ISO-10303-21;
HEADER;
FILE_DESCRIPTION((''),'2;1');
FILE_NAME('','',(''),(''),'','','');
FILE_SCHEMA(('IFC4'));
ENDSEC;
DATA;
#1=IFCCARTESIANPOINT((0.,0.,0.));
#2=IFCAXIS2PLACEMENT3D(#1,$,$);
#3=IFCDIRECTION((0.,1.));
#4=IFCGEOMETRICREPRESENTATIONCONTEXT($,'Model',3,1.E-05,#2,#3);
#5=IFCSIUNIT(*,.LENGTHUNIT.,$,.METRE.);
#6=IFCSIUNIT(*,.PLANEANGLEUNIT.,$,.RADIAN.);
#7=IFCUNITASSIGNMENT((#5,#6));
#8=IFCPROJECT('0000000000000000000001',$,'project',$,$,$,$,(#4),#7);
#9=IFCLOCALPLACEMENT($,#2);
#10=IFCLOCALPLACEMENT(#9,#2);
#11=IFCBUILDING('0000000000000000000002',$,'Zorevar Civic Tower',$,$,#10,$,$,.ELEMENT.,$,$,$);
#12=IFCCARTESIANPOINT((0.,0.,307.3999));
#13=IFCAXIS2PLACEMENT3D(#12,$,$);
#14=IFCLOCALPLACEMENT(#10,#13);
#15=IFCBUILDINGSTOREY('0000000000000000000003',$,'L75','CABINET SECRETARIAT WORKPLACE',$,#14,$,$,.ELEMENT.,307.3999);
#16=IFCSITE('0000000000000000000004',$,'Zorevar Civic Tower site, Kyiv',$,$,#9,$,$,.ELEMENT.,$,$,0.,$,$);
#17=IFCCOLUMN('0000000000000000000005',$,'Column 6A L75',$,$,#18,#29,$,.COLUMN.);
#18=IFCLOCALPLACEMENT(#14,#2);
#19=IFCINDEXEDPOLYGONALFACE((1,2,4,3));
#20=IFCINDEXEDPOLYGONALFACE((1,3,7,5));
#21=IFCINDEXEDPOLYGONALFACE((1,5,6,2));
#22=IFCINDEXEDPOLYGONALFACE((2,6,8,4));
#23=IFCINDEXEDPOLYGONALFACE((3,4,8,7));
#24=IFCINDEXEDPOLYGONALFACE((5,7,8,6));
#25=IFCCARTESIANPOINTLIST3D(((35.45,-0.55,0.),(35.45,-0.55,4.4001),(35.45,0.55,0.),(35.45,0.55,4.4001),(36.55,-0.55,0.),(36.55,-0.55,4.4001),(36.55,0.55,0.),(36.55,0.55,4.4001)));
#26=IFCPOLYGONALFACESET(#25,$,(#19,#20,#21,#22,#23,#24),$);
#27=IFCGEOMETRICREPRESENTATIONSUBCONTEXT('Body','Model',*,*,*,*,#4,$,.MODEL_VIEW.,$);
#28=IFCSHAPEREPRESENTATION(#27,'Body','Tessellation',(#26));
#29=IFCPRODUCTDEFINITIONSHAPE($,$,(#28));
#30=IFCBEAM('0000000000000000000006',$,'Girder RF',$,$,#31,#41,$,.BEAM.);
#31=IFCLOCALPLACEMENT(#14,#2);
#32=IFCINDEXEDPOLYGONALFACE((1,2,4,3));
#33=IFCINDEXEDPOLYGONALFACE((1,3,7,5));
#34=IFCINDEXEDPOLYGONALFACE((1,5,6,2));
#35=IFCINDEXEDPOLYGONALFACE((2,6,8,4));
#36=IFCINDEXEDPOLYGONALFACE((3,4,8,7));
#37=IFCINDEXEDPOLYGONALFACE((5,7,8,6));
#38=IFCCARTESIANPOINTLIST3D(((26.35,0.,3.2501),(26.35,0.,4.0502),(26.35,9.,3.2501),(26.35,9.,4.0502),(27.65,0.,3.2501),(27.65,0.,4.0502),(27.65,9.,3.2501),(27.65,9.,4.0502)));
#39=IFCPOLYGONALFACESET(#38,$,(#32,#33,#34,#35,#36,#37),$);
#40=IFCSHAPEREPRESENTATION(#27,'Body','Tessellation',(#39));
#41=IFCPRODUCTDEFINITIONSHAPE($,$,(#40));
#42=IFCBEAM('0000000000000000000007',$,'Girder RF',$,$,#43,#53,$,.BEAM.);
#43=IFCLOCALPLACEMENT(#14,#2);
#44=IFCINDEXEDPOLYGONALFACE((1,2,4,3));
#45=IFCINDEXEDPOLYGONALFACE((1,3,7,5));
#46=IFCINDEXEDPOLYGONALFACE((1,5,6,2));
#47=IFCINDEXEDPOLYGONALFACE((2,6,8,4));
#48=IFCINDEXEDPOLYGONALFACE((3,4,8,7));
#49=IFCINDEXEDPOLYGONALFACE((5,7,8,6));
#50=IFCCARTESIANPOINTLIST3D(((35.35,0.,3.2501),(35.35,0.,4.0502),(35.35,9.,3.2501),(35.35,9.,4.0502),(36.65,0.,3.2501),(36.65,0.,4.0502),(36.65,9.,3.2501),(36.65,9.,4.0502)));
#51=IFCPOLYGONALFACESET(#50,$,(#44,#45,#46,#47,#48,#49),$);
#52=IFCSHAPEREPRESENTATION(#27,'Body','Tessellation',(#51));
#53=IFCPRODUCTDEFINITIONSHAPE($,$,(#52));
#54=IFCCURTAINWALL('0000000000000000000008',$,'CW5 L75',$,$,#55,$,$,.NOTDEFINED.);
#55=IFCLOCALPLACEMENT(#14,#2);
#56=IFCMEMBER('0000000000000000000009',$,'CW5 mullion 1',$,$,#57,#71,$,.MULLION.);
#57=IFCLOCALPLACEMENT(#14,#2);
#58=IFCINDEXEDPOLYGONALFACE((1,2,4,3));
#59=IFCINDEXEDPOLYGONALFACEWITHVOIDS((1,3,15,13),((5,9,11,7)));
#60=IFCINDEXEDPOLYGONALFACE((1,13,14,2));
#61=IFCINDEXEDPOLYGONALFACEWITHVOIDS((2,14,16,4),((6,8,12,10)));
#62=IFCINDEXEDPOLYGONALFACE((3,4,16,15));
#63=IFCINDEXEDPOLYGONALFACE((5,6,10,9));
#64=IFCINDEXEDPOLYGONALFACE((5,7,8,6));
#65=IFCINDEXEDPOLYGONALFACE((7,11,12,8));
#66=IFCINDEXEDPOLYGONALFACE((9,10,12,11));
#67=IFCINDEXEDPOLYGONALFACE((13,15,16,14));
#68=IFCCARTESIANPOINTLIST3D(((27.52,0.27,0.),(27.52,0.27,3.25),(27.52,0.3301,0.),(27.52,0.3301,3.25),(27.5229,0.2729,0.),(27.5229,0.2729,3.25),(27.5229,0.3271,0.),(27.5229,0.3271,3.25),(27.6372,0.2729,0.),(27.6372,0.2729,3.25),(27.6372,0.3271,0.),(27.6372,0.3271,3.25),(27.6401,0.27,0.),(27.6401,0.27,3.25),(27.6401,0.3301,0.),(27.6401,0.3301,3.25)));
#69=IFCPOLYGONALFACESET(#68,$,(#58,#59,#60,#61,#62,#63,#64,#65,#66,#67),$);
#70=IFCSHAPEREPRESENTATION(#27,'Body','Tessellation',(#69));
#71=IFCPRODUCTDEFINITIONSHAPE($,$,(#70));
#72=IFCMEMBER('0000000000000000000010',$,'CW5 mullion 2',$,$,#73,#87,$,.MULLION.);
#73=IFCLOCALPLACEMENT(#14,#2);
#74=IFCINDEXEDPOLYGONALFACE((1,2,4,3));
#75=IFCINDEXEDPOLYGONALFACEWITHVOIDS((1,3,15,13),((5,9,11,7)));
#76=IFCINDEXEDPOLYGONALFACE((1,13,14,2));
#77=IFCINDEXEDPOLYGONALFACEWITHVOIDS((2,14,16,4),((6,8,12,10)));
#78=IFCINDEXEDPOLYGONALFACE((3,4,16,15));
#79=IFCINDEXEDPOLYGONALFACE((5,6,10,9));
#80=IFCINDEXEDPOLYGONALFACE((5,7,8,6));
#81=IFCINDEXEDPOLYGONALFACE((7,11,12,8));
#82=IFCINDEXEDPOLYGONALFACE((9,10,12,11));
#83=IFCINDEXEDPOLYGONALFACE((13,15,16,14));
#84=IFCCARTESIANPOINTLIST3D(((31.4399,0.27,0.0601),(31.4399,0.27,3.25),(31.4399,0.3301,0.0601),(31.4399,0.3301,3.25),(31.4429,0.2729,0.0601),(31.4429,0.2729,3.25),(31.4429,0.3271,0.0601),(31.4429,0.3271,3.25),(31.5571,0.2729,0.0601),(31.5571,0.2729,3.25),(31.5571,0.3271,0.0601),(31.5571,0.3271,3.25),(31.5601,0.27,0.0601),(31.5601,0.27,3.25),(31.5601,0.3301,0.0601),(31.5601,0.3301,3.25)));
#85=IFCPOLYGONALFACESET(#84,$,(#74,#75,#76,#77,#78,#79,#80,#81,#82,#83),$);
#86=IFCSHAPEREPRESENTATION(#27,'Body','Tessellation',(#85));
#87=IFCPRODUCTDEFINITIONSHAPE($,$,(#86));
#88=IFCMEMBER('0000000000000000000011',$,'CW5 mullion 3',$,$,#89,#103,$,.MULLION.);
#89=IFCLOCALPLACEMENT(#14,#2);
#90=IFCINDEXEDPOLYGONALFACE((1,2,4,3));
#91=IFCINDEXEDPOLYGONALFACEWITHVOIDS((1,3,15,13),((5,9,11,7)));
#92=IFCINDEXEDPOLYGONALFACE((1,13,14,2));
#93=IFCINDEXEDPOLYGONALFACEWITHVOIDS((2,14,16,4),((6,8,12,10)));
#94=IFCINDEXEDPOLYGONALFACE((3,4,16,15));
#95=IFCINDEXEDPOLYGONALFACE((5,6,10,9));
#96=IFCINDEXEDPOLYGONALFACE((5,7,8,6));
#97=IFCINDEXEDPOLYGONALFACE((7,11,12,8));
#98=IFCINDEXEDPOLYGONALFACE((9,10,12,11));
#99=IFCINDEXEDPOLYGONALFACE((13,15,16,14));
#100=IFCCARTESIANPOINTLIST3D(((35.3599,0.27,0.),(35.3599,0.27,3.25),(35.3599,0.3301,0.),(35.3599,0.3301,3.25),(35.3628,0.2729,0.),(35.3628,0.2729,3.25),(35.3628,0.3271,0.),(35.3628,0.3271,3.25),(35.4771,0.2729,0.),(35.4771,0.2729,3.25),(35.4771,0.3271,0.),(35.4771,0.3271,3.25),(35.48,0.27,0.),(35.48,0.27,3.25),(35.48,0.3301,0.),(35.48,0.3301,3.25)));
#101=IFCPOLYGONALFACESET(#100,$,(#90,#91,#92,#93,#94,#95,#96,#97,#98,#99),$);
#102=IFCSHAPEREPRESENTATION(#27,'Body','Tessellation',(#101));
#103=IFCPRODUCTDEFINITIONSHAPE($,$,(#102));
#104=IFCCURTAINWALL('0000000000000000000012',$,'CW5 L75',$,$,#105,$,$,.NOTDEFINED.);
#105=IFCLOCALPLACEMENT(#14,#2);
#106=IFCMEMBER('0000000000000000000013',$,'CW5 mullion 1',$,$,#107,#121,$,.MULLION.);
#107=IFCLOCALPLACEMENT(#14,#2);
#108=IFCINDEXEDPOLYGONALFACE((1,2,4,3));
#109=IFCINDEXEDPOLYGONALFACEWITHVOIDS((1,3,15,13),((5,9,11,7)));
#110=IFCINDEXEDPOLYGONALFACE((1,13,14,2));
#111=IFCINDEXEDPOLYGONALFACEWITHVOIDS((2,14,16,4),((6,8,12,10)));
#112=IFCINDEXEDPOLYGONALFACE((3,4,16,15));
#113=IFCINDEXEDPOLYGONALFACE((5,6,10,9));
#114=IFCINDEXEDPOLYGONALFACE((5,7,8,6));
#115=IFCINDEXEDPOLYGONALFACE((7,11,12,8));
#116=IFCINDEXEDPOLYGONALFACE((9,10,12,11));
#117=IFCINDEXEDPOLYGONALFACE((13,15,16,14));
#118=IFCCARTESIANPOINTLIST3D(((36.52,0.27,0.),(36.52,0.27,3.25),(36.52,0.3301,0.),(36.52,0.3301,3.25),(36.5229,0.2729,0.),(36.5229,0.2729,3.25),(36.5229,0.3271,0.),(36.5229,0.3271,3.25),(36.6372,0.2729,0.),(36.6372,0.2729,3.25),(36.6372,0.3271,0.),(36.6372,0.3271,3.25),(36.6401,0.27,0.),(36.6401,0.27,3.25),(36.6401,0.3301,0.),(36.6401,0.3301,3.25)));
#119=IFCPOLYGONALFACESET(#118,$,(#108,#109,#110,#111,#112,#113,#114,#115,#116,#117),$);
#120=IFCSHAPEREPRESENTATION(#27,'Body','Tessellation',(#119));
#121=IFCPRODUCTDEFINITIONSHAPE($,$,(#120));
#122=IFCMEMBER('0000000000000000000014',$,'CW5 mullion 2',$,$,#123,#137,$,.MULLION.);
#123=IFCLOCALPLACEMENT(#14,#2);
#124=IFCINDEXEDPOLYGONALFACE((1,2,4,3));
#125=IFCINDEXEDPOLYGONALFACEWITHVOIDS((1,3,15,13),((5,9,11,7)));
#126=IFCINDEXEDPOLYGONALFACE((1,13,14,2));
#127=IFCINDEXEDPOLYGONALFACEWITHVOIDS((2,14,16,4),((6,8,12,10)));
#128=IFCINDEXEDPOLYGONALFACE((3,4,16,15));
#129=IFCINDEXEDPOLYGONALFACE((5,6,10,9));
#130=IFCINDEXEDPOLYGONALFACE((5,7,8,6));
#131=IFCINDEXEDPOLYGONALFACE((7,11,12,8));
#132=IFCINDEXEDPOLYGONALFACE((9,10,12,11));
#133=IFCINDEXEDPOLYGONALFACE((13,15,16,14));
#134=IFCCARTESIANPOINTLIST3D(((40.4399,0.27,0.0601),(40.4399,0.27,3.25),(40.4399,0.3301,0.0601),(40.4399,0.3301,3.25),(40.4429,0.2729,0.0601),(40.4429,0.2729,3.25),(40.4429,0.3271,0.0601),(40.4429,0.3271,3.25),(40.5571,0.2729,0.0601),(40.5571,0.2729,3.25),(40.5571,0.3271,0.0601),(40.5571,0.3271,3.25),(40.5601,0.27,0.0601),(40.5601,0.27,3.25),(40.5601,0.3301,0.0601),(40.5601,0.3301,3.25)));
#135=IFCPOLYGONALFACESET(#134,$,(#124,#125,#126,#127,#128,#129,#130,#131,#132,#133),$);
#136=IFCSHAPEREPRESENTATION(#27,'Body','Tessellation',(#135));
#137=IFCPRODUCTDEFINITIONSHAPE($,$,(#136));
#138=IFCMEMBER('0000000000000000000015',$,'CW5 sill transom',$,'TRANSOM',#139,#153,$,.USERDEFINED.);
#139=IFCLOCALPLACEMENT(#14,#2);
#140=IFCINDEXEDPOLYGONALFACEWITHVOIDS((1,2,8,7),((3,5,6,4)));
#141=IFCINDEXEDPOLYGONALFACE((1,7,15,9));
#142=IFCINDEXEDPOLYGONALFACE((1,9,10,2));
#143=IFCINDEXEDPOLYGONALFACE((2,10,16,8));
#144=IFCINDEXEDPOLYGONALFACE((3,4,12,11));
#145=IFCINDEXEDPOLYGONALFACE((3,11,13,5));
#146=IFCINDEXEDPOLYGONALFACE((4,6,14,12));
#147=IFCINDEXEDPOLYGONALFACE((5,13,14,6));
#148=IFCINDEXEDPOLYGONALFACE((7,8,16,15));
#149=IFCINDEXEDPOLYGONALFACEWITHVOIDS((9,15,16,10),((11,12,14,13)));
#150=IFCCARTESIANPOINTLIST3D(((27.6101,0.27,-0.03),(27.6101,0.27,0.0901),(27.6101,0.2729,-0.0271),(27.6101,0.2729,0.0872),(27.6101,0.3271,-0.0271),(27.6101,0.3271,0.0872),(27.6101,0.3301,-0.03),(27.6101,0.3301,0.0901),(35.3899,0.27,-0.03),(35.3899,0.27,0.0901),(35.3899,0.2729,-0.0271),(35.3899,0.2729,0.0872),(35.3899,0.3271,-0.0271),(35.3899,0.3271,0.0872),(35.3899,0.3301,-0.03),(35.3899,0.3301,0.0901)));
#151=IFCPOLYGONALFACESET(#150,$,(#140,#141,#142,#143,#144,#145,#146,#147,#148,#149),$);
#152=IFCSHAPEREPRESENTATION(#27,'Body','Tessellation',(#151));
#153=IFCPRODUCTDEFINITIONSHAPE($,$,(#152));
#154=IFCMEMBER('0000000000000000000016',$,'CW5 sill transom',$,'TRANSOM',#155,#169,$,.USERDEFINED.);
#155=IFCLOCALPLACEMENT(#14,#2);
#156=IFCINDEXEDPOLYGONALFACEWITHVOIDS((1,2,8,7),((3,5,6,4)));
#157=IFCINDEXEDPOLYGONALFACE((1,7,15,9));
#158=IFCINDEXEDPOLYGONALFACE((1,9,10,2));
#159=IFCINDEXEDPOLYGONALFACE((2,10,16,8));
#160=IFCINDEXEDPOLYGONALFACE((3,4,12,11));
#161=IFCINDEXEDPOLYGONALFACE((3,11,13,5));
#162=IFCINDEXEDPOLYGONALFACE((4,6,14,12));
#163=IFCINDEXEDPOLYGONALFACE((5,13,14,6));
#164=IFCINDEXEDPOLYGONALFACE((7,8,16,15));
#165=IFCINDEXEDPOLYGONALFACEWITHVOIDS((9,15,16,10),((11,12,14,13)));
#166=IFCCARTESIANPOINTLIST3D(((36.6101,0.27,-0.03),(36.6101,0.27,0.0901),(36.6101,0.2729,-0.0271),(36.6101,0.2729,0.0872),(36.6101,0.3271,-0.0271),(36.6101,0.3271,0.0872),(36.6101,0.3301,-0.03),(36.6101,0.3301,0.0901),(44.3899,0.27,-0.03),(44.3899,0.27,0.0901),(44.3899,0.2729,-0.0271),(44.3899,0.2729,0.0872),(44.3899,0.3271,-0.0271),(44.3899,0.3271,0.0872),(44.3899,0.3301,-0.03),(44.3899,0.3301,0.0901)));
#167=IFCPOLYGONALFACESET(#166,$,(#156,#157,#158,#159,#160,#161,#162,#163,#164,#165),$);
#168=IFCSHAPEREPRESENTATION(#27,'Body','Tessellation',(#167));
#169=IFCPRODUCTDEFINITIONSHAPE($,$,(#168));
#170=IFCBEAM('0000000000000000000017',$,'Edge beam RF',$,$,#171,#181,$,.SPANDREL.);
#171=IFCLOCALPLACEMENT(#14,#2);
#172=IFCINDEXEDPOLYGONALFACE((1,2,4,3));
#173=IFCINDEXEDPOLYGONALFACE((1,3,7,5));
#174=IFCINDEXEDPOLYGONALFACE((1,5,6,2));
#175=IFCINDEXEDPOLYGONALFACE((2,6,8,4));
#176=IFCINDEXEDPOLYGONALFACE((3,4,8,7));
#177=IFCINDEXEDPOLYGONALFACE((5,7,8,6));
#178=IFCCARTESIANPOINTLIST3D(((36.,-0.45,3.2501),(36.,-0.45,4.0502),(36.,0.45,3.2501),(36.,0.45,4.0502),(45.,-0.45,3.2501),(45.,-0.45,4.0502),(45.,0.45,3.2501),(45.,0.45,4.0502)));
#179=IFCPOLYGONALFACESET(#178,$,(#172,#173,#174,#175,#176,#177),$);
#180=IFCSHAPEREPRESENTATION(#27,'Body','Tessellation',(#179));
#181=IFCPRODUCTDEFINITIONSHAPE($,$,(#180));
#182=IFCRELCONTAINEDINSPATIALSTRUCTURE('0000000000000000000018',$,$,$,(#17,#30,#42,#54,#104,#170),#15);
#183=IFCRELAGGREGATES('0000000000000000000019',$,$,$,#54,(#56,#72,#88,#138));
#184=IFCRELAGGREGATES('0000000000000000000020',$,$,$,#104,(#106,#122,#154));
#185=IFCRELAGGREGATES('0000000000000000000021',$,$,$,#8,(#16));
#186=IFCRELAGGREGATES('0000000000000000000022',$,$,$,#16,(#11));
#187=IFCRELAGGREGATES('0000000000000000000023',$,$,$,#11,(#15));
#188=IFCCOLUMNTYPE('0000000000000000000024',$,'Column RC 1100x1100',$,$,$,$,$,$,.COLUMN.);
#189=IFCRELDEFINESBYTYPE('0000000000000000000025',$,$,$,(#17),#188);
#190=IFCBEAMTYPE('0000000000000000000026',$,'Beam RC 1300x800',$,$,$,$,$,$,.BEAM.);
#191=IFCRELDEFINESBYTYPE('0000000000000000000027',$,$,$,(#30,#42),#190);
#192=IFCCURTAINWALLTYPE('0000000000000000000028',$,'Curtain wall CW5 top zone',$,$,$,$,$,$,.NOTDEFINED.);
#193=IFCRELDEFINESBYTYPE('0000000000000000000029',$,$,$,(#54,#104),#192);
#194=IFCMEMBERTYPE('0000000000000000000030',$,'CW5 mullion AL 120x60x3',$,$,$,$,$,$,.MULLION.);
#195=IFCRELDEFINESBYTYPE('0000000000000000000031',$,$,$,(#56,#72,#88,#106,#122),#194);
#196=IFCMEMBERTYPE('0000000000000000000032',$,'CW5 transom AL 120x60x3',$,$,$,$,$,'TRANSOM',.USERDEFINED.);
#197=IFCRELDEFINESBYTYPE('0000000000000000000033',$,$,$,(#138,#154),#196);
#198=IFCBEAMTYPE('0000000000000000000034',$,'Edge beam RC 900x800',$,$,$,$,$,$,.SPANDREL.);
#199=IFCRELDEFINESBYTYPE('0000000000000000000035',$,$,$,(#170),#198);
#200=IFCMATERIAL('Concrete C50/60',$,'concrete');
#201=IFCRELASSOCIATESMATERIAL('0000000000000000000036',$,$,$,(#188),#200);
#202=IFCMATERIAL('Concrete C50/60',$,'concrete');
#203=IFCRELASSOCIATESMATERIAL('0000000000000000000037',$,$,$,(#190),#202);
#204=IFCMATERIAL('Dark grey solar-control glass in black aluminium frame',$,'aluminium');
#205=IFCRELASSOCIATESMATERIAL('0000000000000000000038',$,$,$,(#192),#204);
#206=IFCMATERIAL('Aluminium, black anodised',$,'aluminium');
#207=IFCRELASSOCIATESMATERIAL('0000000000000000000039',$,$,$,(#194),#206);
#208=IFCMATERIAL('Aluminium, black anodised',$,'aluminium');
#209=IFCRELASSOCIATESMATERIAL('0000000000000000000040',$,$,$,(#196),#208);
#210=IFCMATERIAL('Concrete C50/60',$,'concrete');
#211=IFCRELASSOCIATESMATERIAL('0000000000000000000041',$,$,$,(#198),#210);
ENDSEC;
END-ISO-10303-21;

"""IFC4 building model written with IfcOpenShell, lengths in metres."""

from ifc_helpers import new_model, si_unit, direction, frame, origin, origin_2d, place, context, subcontext, project, spatial, rectangle, hollow_rectangle, extrude, material, material_profile, profile_set, type_object, element, aggregate, save


model = new_model("IFC4")

# Units and contexts
model_context = context("Model", 3, precision=1e-05, world=origin(), true_north=direction((0.0, 1.0)))
body_context = subcontext(model_context, "Body", "Model", "MODEL_VIEW")
ifc_project = project(units=[si_unit("LENGTHUNIT", "METRE"), si_unit("PLANEANGLEUNIT", "RADIAN")], contexts=[model_context])

# Site, building, storey
site_placement = place(None, origin())
site = spatial("IfcSite", under=ifc_project, at=site_placement, Name="Zorevar Civic Tower site, Kyiv", CompositionType="ELEMENT", RefElevation=0.0)
building_placement = place(site_placement, origin())
building = spatial("IfcBuilding", under=site, at=building_placement, Name="Zorevar Civic Tower", CompositionType="ELEMENT")
storey_placement = place(building_placement, frame((0.0, 0.0, 307.3999)))
storey = spatial("IfcBuildingStorey", under=building, at=storey_placement, Name="L75", Description="CABINET SECRETARIAT WORKPLACE", CompositionType="ELEMENT", Elevation=307.3999)

# Column
ifc_material_1 = material(Name="Concrete C50/60", Category="concrete")
ifc_material_profile_1 = material_profile(ifc_material_1, rectangle(XDim=1.1001, YDim=1.1001, at=origin_2d()), Name="RC 1100x1100")
ifc_profile_set_1 = profile_set([ifc_material_profile_1], Name="Concrete C50/60")
column_type = type_object("IfcColumnType", Name="Column RC 1100x1100", PredefinedType="COLUMN", material=ifc_profile_set_1)
column_placement = place(storey_placement, frame((36.0, 0.0, 0.0), z_axis=(0.0, 0.0, 1.0), x_axis=(1.0, 0.0, 0.0)))
element("IfcColumn", 1, at=column_placement, inside=storey, type_object=column_type, Name="Column 6A L75", PredefinedType="COLUMN", context=body_context, shape_type="SweptSolid", body=[
    extrude(rectangle(XDim=1.1001, YDim=1.1001, at=origin_2d()), origin(), (0.0, 0.0, 1.0), 4.4001),
])

# Beams
ifc_material_2 = material(Name="Concrete C50/60", Category="concrete")
ifc_material_profile_2 = material_profile(ifc_material_2, rectangle(XDim=1.3, YDim=0.8, at=origin_2d()), Name="RC 1300x800")
ifc_profile_set_2 = profile_set([ifc_material_profile_2], Name="Concrete C50/60")
beam_type_1 = type_object("IfcBeamType", Name="Beam RC 1300x800", PredefinedType="BEAM", material=ifc_profile_set_2)
for number, where, z_axis, x_axis, name in (
    (2, (27.0, 0.0, 3.6501), (0.0, 1.0, 0.0), (-1.0, 0.0, 0.0), "Girder RF"),
    (3, (36.0, 0.0, 3.6501), (0.0, 1.0, 0.0), (-1.0, 0.0, 0.0), "Girder RF"),
):
    element("IfcBeam", number, at=place(storey_placement, frame(where, z_axis=z_axis, x_axis=x_axis)), inside=storey, type_object=beam_type_1, Name=name, PredefinedType="BEAM", context=body_context, shape_type="SweptSolid", body=[
        extrude(rectangle(XDim=1.3, YDim=0.8, at=origin_2d()), origin(), (0.0, 0.0, 1.0), 9.0),
    ])

# Curtain walls, members
ifc_material_3 = material(Name="Dark grey solar-control glass in black aluminium frame", Category="aluminium")
curtain_wall_type = type_object("IfcCurtainWallType", Name="Curtain wall CW5 top zone", PredefinedType="NOTDEFINED", material=ifc_material_3)
curtain_wall_1_placement = place(storey_placement, origin())
curtain_wall_1 = element("IfcCurtainWall", 4, at=curtain_wall_1_placement, inside=storey, type_object=curtain_wall_type, Name="CW5 L75", PredefinedType="NOTDEFINED")
ifc_material_4 = material(Name="Aluminium, black anodised", Category="aluminium")
ifc_material_profile_3 = material_profile(ifc_material_4, hollow_rectangle(XDim=0.0601, YDim=0.1201, WallThickness=0.0029, at=origin_2d()), Name="AL 120x60x3")
ifc_profile_set_3 = profile_set([ifc_material_profile_3], Name="Aluminium, black anodised")
member_type_1 = type_object("IfcMemberType", Name="CW5 mullion AL 120x60x3", PredefinedType="MULLION", material=ifc_profile_set_3)
member_1_placement = place(storey_placement, frame((27.5801, 0.3, 0.0), z_axis=(0.0, 0.0, 1.0), x_axis=(0.0, 1.0, 0.0)))
member_1 = element("IfcMember", 5, at=member_1_placement, type_object=member_type_1, Name="CW5 mullion 1", PredefinedType="MULLION", context=body_context, shape_type="SweptSolid", body=[
    extrude(hollow_rectangle(XDim=0.0601, YDim=0.1201, WallThickness=0.0029, at=origin_2d()), origin(), (0.0, 0.0, 1.0), 3.25),
])
member_2_placement = place(storey_placement, frame((31.5, 0.3, 0.0601), z_axis=(0.0, 0.0, 1.0), x_axis=(0.0, 1.0, 0.0)))
member_2 = element("IfcMember", 6, at=member_2_placement, type_object=member_type_1, Name="CW5 mullion 2", PredefinedType="MULLION", context=body_context, shape_type="SweptSolid", body=[
    extrude(hollow_rectangle(XDim=0.0601, YDim=0.1201, WallThickness=0.0029, at=origin_2d()), origin(), (0.0, 0.0, 1.0), 3.1899),
])
member_3_placement = place(storey_placement, frame((35.4199, 0.3, 0.0), z_axis=(0.0, 0.0, 1.0), x_axis=(0.0, 1.0, 0.0)))
member_3 = element("IfcMember", 7, at=member_3_placement, type_object=member_type_1, Name="CW5 mullion 3", PredefinedType="MULLION", context=body_context, shape_type="SweptSolid", body=[
    extrude(hollow_rectangle(XDim=0.0601, YDim=0.1201, WallThickness=0.0029, at=origin_2d()), origin(), (0.0, 0.0, 1.0), 3.25),
])
curtain_wall_2_placement = place(storey_placement, origin())
curtain_wall_2 = element("IfcCurtainWall", 8, at=curtain_wall_2_placement, inside=storey, type_object=curtain_wall_type, Name="CW5 L75", PredefinedType="NOTDEFINED")
member_4_placement = place(storey_placement, frame((36.5801, 0.3, 0.0), z_axis=(0.0, 0.0, 1.0), x_axis=(0.0, 1.0, 0.0)))
member_4 = element("IfcMember", 9, at=member_4_placement, type_object=member_type_1, Name="CW5 mullion 1", PredefinedType="MULLION", context=body_context, shape_type="SweptSolid", body=[
    extrude(hollow_rectangle(XDim=0.0601, YDim=0.1201, WallThickness=0.0029, at=origin_2d()), origin(), (0.0, 0.0, 1.0), 3.25),
])
member_5_placement = place(storey_placement, frame((40.5, 0.3, 0.0601), z_axis=(0.0, 0.0, 1.0), x_axis=(0.0, 1.0, 0.0)))
member_5 = element("IfcMember", 10, at=member_5_placement, type_object=member_type_1, Name="CW5 mullion 2", PredefinedType="MULLION", context=body_context, shape_type="SweptSolid", body=[
    extrude(hollow_rectangle(XDim=0.0601, YDim=0.1201, WallThickness=0.0029, at=origin_2d()), origin(), (0.0, 0.0, 1.0), 3.1899),
])

# Members
ifc_material_5 = material(Name="Aluminium, black anodised", Category="aluminium")
ifc_material_profile_4 = material_profile(ifc_material_5, hollow_rectangle(XDim=0.0601, YDim=0.1201, WallThickness=0.0029, at=origin_2d()), Name="AL 120x60x3")
ifc_profile_set_4 = profile_set([ifc_material_profile_4], Name="Aluminium, black anodised")
member_type_2 = type_object("IfcMemberType", Name="CW5 transom AL 120x60x3", ElementType="TRANSOM", PredefinedType="USERDEFINED", material=ifc_profile_set_4)
member_6_placement = place(storey_placement, frame((27.6101, 0.3, 0.03), z_axis=(1.0, 0.0, 0.0), x_axis=(0.0, 1.0, 0.0)))
member_6 = element("IfcMember", 11, at=member_6_placement, type_object=member_type_2, Name="CW5 sill transom", ObjectType="TRANSOM", PredefinedType="USERDEFINED", context=body_context, shape_type="SweptSolid", body=[
    extrude(hollow_rectangle(XDim=0.0601, YDim=0.1201, WallThickness=0.0029, at=origin_2d()), origin(), (0.0, 0.0, 1.0), 7.7798),
])
member_7_placement = place(storey_placement, frame((36.6101, 0.3, 0.03), z_axis=(1.0, 0.0, 0.0), x_axis=(0.0, 1.0, 0.0)))
member_7 = element("IfcMember", 12, at=member_7_placement, type_object=member_type_2, Name="CW5 sill transom", ObjectType="TRANSOM", PredefinedType="USERDEFINED", context=body_context, shape_type="SweptSolid", body=[
    extrude(hollow_rectangle(XDim=0.0601, YDim=0.1201, WallThickness=0.0029, at=origin_2d()), origin(), (0.0, 0.0, 1.0), 7.7798),
])

# Beam
ifc_material_6 = material(Name="Concrete C50/60", Category="concrete")
ifc_material_profile_5 = material_profile(ifc_material_6, rectangle(XDim=0.8999, YDim=0.8, at=origin_2d()), Name="RC 900x800")
ifc_profile_set_5 = profile_set([ifc_material_profile_5], Name="Concrete C50/60")
beam_type_2 = type_object("IfcBeamType", Name="Edge beam RC 900x800", PredefinedType="SPANDREL", material=ifc_profile_set_5)
beam_placement = place(storey_placement, frame((36.0, 0.0, 3.6501), z_axis=(1.0, 0.0, 0.0), x_axis=(0.0, 1.0, 0.0)))
element("IfcBeam", 13, at=beam_placement, inside=storey, type_object=beam_type_2, Name="Edge beam RF", PredefinedType="SPANDREL", context=body_context, shape_type="SweptSolid", body=[
    extrude(rectangle(XDim=0.8999, YDim=0.8, at=origin_2d()), origin(), (0.0, 0.0, 1.0), 9.0),
])

aggregate(curtain_wall_1, [member_1, member_2, member_3, member_6])
aggregate(curtain_wall_2, [member_4, member_5, member_7])

save(model, "model.ifc")
